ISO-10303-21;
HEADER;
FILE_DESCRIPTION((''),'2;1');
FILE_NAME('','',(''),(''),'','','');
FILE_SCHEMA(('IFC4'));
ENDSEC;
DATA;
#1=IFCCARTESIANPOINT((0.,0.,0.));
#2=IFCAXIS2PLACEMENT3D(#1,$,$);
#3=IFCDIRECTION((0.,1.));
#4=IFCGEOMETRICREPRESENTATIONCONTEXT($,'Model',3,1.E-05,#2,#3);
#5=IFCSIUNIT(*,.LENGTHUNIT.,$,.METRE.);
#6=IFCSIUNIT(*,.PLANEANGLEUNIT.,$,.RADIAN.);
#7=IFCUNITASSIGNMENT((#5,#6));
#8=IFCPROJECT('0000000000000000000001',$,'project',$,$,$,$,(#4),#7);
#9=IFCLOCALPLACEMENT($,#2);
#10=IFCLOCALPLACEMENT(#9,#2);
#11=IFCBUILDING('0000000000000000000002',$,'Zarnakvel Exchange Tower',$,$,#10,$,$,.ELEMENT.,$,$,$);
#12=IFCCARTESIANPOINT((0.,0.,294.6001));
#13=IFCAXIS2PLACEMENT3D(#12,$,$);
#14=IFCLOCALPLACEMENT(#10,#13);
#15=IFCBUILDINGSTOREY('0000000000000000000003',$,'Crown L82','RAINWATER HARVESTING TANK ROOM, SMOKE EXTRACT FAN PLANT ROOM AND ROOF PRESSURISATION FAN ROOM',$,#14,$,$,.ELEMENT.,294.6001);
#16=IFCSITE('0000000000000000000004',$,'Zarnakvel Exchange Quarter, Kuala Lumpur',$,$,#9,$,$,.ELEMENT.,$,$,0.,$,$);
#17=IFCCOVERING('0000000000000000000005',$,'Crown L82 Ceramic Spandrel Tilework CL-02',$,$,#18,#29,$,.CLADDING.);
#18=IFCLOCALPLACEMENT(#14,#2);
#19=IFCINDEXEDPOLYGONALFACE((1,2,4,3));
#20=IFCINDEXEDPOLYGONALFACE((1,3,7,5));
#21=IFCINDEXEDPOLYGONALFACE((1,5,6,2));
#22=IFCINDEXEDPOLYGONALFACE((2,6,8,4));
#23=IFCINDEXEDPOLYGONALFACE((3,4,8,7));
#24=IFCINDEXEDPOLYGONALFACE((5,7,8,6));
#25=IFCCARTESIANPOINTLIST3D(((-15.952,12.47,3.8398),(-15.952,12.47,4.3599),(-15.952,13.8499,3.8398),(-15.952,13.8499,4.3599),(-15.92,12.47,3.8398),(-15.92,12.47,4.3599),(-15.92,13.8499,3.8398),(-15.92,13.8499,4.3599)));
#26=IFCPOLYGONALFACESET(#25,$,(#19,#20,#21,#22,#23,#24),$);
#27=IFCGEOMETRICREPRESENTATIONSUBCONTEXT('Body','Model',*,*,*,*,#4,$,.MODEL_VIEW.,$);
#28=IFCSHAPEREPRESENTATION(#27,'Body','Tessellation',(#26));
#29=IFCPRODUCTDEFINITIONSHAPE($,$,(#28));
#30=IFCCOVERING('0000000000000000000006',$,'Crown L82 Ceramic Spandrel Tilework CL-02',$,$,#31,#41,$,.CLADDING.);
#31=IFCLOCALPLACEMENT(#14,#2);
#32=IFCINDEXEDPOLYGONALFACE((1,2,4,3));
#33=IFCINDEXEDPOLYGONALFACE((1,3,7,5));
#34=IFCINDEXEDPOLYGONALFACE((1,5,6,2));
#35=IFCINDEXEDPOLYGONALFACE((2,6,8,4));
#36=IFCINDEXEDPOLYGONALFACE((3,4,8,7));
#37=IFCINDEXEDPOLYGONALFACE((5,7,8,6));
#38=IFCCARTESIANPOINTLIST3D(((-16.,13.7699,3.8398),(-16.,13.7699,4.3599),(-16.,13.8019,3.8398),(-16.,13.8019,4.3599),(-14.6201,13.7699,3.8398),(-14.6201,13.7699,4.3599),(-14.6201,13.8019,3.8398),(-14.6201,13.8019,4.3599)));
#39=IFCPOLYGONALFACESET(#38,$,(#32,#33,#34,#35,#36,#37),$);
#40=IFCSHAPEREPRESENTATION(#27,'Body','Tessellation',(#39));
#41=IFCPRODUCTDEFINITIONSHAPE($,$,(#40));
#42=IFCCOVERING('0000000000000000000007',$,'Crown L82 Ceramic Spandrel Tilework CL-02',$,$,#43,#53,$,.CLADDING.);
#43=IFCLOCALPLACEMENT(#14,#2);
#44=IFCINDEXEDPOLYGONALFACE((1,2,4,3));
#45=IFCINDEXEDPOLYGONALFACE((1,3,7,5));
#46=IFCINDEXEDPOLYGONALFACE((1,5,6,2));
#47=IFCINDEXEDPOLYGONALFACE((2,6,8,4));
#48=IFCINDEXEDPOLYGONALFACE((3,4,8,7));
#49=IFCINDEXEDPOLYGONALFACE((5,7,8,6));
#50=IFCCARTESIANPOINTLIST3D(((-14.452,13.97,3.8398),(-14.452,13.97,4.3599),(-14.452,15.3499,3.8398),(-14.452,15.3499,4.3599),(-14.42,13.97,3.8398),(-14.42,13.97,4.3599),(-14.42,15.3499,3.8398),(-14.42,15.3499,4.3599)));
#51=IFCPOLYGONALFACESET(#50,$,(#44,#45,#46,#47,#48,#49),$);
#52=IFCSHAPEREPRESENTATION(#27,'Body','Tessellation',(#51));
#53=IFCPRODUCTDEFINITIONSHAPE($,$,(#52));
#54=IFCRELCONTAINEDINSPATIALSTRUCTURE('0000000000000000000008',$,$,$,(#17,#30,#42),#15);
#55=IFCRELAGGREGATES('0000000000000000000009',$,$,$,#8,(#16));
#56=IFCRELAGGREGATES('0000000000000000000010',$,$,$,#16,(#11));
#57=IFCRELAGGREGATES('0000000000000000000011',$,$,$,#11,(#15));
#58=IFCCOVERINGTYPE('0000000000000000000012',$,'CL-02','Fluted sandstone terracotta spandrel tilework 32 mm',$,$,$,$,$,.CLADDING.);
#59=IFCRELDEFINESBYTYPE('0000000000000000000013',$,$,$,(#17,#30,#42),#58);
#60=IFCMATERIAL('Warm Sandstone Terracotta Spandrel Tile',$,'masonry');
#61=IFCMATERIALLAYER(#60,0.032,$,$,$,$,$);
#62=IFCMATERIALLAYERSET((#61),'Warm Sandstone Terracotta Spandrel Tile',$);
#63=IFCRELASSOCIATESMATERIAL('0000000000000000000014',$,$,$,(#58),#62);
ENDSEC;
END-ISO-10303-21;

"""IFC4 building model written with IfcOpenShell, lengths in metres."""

from ifc_helpers import new_model, si_unit, direction, frame, origin, origin_2d, place, context, subcontext, project, spatial, rectangle, extrude, source, transform, mapped, material, layer, layer_set, type_object, element, save


model = new_model("IFC4")

# Units and contexts
model_context = context("Model", 3, precision=1e-05, world=origin(), true_north=direction((0.0, 1.0)))
body_context = subcontext(model_context, "Body", "Model", "MODEL_VIEW")
ifc_project = project(units=[si_unit("LENGTHUNIT", "METRE"), si_unit("PLANEANGLEUNIT", "RADIAN")], contexts=[model_context])

# Site, building, storey
site_placement = place(None, origin())
site = spatial("IfcSite", under=ifc_project, at=site_placement, Name="Zarnakvel Exchange Quarter, Kuala Lumpur", CompositionType="ELEMENT", RefElevation=0.0)
building_placement = place(site_placement, origin())
building = spatial("IfcBuilding", under=site, at=building_placement, Name="Zarnakvel Exchange Tower", CompositionType="ELEMENT")
storey_placement = place(building_placement, frame((0.0, 0.0, 294.6001)))
storey = spatial("IfcBuildingStorey", under=building, at=storey_placement, Name="Crown L82", Description="RAINWATER HARVESTING TANK ROOM, SMOKE EXTRACT FAN PLANT ROOM AND ROOF PRESSURISATION FAN ROOM", CompositionType="ELEMENT", Elevation=294.6001)

# Coverings
ifc_material_1 = material(Name="Warm Sandstone Terracotta Spandrel Tile", Category="masonry")
ifc_layer_1 = layer(ifc_material_1, 0.032)
ifc_layer_set_1 = layer_set([ifc_layer_1], Name="Warm Sandstone Terracotta Spandrel Tile")
covering_type = type_object("IfcCoveringType", Name="CL-02", Description="Fluted sandstone terracotta spandrel tilework 32 mm", PredefinedType="CLADDING", material=ifc_layer_set_1)
shared_shape_1 = source(origin(), body_context, "Body", "SweptSolid", [
    extrude(rectangle(XDim=1.3799, YDim=0.032, at=origin_2d()), origin(), (0.0, 0.0, 1.0), 0.52),
])
for number, where, z_axis, x_axis, name in (
    (1, (-15.936, 13.1599, 3.8398), (0.0, 0.0, 1.0), (0.0, -1.0, 0.0), "Crown L82 Ceramic Spandrel Tilework CL-02"),
    (2, (-15.3101, 13.7859, 3.8398), (0.0, 0.0, 1.0), (-1.0, 0.0, 0.0), "Crown L82 Ceramic Spandrel Tilework CL-02"),
    (3, (-14.436, 14.6599, 3.8398), (0.0, 0.0, 1.0), (0.0, -1.0, 0.0), "Crown L82 Ceramic Spandrel Tilework CL-02"),
):
    element("IfcCovering", number, at=place(storey_placement, frame(where, z_axis=z_axis, x_axis=x_axis)), inside=storey, type_object=covering_type, Name=name, PredefinedType="CLADDING", context=body_context, shape_type="MappedRepresentation", body=[
        mapped(shared_shape_1, transform((0.0, 0.0, 0.0), x_axis=(1.0, 0.0, 0.0), y_axis=(0.0, 1.0, 0.0), z_axis=(0.0, 0.0, 1.0), scale=1.0)),
    ])

save(model, "model.ifc")
